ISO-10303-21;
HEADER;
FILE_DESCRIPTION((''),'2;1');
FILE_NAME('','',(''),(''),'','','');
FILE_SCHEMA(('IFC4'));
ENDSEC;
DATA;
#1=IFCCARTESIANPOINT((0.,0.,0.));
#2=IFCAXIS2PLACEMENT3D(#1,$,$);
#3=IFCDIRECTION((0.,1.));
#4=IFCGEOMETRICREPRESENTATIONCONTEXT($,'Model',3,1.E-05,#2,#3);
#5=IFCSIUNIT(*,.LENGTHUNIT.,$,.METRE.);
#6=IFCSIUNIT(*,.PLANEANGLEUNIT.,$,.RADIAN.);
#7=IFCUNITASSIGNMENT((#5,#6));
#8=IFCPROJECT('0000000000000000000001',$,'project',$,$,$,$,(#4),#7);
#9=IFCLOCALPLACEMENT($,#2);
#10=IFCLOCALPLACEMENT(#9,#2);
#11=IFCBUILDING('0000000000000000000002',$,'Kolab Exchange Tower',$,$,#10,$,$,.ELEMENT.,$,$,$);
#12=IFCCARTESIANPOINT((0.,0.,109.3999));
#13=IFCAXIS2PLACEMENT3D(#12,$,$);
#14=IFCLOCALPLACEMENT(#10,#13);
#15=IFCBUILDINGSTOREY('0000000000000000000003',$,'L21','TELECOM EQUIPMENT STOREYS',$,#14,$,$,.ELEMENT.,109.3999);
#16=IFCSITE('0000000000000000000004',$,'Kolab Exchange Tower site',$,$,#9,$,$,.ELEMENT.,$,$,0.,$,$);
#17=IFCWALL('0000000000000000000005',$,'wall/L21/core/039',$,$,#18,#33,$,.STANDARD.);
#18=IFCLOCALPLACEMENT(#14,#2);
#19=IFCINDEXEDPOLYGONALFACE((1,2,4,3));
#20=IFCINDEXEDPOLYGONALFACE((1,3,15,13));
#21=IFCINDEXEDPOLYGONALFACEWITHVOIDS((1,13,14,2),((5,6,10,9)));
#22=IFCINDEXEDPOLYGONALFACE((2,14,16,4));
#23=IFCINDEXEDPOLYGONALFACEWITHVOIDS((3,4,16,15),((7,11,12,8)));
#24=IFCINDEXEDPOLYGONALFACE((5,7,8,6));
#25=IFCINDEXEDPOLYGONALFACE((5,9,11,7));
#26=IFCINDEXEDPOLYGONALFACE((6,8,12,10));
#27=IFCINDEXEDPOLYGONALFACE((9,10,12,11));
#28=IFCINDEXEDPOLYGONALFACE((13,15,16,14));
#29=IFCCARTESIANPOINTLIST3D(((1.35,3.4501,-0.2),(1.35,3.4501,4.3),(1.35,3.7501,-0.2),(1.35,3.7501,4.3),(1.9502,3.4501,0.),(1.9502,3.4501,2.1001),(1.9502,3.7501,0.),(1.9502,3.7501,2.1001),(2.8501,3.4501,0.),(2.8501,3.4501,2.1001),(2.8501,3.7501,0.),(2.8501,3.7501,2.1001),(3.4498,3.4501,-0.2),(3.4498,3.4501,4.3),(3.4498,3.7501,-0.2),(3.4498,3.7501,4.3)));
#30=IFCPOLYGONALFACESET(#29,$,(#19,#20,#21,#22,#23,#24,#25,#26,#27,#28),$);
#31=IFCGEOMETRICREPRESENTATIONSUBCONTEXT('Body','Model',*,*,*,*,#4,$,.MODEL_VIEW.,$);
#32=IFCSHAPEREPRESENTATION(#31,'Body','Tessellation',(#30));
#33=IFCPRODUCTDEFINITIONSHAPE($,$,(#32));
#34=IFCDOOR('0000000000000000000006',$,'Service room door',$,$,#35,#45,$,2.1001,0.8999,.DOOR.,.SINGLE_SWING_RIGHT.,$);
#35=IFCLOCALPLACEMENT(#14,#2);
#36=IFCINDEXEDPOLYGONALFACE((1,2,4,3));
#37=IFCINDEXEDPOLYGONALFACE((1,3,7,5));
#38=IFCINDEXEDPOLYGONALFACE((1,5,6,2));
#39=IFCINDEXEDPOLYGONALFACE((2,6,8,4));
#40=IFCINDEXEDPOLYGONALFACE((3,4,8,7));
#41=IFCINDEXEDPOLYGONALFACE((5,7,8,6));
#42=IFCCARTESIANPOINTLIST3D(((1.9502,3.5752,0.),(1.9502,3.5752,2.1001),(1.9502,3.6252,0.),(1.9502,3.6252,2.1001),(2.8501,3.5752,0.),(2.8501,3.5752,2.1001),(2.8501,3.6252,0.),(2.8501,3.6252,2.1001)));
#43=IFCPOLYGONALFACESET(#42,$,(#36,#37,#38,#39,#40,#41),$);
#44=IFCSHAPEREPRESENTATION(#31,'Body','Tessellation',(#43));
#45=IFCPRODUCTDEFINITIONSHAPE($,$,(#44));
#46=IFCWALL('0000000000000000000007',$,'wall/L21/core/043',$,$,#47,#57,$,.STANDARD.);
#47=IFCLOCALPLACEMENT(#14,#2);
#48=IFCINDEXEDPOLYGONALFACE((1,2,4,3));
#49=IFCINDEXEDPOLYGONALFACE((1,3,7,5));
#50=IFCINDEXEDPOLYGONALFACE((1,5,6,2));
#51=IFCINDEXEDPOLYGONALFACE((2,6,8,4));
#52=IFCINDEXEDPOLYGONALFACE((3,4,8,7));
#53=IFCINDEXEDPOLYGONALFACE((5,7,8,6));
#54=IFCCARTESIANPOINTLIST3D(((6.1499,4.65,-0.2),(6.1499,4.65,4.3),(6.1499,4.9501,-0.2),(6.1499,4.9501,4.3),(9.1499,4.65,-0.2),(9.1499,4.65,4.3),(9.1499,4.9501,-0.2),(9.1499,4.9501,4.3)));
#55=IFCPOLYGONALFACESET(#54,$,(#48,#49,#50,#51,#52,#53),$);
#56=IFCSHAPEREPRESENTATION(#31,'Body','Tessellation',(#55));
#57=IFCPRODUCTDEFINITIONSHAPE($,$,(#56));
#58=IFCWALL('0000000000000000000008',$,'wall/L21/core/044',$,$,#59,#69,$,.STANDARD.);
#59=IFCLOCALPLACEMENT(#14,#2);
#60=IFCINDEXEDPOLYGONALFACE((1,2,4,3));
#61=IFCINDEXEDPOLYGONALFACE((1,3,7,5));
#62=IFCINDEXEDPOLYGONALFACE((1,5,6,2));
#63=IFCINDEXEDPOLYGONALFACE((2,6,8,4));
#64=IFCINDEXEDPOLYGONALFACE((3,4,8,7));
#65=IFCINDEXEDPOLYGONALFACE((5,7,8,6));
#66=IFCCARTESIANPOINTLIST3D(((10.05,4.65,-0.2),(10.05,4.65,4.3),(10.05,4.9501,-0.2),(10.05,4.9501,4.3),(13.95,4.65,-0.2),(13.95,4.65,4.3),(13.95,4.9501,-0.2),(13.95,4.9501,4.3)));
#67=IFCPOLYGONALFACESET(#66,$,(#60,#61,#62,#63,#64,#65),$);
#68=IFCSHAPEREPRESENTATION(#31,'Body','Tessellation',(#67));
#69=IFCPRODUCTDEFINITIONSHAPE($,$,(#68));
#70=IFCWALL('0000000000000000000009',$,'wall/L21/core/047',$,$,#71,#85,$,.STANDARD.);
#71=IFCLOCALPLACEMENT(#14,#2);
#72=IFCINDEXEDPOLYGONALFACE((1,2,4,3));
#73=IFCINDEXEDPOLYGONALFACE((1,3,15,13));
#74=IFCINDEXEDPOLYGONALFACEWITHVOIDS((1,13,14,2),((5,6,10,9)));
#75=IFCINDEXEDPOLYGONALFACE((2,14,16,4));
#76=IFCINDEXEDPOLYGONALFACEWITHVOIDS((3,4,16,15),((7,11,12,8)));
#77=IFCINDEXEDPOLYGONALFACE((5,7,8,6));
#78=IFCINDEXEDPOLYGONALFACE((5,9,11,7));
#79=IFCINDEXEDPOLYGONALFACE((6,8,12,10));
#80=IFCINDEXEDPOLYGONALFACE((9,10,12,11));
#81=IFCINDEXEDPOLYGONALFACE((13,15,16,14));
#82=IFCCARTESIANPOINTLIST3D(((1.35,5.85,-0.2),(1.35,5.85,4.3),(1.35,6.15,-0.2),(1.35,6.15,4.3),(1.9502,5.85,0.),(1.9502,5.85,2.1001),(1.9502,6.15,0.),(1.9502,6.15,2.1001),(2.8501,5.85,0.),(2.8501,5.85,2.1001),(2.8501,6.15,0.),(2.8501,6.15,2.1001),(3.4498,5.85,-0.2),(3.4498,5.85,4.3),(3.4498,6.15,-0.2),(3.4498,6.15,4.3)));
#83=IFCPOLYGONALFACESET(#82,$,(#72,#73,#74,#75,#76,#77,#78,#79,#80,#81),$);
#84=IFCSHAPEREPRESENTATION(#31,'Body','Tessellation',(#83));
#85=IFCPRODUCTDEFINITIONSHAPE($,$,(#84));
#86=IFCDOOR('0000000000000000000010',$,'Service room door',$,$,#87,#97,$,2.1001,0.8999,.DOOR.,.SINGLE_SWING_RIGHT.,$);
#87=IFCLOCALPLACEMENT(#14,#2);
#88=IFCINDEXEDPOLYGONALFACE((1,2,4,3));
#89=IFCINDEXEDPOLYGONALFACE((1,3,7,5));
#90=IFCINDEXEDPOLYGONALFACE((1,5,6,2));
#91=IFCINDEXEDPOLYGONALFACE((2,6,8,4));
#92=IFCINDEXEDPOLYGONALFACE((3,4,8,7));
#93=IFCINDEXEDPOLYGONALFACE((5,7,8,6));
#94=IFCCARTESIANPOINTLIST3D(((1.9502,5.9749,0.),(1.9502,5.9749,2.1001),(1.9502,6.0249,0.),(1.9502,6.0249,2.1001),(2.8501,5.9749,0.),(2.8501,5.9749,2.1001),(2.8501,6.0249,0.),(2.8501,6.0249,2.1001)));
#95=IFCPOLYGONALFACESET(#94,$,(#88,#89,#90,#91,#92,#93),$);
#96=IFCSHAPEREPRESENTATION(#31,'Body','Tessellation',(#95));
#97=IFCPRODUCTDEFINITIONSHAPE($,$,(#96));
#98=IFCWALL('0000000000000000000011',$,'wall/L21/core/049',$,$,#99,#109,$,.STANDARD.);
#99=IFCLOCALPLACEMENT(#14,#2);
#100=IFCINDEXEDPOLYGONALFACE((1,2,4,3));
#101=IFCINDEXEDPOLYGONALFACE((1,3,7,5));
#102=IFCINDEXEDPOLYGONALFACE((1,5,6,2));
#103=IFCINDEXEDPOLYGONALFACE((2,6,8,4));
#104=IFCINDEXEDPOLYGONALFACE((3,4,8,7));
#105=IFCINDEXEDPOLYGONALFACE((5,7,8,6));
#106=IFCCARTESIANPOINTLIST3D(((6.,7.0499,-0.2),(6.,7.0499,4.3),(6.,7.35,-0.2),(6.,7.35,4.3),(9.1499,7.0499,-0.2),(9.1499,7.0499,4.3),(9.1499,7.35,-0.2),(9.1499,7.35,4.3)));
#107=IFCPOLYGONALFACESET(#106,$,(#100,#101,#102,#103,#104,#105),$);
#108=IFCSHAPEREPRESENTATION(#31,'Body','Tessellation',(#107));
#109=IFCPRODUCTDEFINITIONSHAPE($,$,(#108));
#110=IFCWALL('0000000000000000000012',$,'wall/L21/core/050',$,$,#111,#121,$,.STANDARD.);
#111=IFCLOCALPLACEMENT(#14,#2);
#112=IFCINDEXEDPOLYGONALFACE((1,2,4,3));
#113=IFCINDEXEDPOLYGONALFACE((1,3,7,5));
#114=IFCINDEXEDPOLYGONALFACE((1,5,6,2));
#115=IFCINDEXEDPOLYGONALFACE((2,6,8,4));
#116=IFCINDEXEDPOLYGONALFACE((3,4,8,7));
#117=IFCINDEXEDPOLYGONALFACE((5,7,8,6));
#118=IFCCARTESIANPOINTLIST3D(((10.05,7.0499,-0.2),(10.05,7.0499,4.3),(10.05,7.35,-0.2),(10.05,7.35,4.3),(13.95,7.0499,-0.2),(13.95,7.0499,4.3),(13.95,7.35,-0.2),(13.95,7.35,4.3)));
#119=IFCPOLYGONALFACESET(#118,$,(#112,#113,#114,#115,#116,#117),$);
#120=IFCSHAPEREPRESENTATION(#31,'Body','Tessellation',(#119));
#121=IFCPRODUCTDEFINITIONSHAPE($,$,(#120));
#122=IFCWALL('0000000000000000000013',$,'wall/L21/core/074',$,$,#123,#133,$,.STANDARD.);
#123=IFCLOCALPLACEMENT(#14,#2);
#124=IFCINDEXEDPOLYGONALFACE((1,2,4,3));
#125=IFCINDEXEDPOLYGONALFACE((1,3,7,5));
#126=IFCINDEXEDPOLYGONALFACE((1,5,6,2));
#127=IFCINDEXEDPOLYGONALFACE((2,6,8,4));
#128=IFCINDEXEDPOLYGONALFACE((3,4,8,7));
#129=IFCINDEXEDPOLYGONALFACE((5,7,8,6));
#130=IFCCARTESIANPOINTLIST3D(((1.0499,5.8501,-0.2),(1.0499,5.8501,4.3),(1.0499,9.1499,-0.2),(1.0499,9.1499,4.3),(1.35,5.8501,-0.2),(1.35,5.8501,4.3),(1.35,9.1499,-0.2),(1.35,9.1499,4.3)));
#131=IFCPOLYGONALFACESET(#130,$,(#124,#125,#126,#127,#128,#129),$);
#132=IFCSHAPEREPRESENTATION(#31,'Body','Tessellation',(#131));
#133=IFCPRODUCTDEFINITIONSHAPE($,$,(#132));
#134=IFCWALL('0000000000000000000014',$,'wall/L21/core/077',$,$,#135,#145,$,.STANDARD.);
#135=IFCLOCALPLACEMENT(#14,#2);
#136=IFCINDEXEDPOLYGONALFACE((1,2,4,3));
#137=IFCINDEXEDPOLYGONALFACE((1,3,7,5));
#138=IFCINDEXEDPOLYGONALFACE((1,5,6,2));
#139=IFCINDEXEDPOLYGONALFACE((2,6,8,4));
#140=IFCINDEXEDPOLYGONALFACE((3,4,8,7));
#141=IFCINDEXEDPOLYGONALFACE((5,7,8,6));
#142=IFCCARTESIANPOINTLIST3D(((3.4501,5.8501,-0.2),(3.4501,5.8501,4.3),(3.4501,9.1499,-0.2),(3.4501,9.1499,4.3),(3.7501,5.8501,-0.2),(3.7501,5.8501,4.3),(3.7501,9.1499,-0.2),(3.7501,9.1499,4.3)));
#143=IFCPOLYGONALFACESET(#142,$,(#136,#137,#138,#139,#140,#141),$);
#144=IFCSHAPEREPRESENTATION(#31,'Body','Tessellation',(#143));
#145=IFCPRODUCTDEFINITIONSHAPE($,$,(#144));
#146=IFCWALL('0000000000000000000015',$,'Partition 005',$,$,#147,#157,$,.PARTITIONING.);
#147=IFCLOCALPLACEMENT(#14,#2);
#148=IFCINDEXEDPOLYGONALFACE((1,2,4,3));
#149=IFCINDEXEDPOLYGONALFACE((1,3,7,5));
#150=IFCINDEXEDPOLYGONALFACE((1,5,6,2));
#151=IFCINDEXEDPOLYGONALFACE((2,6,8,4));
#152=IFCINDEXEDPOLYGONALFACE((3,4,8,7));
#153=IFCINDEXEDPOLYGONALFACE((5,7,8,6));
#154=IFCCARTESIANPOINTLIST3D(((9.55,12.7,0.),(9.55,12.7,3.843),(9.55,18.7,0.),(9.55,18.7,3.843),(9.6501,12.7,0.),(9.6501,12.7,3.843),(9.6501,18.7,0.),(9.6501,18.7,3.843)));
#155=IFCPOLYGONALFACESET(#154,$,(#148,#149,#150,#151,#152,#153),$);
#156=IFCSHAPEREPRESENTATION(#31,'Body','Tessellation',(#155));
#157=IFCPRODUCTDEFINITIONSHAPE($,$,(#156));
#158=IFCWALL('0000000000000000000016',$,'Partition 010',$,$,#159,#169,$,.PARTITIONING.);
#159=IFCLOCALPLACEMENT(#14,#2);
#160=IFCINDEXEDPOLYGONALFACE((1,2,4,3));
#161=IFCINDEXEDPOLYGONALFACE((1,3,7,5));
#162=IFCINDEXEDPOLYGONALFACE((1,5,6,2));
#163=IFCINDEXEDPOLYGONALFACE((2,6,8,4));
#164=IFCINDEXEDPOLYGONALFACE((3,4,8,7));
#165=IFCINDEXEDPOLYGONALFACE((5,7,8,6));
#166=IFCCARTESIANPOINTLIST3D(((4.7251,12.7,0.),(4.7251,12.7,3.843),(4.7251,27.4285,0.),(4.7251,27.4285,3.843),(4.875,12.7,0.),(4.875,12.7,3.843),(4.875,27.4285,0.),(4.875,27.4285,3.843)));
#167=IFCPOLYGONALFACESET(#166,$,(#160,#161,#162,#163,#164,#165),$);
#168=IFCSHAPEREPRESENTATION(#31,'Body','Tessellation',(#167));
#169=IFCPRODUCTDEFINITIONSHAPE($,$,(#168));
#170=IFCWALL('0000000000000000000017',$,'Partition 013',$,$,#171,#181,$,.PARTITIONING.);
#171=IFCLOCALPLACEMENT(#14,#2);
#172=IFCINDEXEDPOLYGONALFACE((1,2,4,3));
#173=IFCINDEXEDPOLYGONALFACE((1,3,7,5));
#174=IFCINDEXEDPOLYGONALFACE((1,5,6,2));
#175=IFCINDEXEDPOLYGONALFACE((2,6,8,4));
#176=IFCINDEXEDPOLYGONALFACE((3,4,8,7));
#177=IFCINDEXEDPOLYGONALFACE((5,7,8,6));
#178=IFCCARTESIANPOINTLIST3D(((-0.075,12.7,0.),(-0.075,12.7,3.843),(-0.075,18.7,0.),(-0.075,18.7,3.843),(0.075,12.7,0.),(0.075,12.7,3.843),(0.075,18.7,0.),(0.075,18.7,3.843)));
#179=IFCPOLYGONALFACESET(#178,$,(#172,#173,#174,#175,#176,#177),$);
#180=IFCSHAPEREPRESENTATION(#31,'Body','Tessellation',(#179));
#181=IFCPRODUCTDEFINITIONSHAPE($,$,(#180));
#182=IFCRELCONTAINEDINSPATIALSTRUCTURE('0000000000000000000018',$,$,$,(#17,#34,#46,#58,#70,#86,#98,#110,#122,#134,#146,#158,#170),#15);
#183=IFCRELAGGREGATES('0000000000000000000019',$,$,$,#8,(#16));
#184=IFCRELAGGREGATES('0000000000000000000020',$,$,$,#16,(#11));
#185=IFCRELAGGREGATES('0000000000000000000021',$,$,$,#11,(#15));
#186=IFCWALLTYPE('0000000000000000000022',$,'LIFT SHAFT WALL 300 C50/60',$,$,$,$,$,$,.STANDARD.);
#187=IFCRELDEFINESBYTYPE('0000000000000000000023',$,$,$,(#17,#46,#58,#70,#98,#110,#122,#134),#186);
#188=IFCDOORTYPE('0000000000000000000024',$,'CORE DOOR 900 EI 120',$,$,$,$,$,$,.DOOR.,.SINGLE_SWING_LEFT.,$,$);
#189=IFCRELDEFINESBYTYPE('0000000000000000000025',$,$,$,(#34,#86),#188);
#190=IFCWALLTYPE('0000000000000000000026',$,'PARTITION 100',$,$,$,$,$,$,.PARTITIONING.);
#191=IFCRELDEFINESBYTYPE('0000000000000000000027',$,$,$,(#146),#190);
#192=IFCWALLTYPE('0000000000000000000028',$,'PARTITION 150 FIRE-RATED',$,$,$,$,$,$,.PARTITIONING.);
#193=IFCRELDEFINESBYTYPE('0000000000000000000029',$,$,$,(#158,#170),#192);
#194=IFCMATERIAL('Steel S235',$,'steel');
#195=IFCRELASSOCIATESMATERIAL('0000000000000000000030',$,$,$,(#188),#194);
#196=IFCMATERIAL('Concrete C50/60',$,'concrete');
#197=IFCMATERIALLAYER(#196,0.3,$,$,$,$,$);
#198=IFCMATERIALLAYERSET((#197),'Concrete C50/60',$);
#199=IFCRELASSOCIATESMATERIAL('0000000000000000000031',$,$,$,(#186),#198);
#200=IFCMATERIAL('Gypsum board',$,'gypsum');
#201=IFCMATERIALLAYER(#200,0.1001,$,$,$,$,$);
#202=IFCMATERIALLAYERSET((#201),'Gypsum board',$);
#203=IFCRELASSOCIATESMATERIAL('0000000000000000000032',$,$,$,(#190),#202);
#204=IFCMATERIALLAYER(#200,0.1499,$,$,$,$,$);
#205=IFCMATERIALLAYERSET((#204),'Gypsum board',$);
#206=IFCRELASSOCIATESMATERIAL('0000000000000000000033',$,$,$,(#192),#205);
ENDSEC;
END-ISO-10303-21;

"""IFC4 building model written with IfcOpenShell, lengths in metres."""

from ifc_helpers import new_model, si_unit, direction, frame, frame_2d, origin, place, context, subcontext, project, spatial, rectangle, extrude, material, layer, layer_set, type_object, element, fill, save


model = new_model("IFC4")

# Units and contexts
model_context = context("Model", 3, precision=1e-05, world=origin(), true_north=direction((0.0, 1.0)))
body_context = subcontext(model_context, "Body", "Model", "MODEL_VIEW")
ifc_project = project(units=[si_unit("LENGTHUNIT", "METRE"), si_unit("PLANEANGLEUNIT", "RADIAN")], contexts=[model_context])

# Site, building, storey
site_placement = place(None, origin())
site = spatial("IfcSite", under=ifc_project, at=site_placement, Name="Kolab Exchange Tower site", CompositionType="ELEMENT", RefElevation=0.0)
building_placement = place(site_placement, origin())
building = spatial("IfcBuilding", under=site, at=building_placement, Name="Kolab Exchange Tower", CompositionType="ELEMENT")
storey_placement = place(building_placement, frame((0.0, 0.0, 109.3999)))
storey = spatial("IfcBuildingStorey", under=building, at=storey_placement, Name="L21", Description="TELECOM EQUIPMENT STOREYS", CompositionType="ELEMENT", Elevation=109.3999)

# Shared definitions
ifc_material_1 = material(Name="Steel S235", Category="steel")
door_type_1 = type_object("IfcDoorType", Name="CORE DOOR 900 EI 120", OperationType="SINGLE_SWING_LEFT", PredefinedType="DOOR", material=ifc_material_1)

# Shared definitions
ifc_material_2 = material(Name="Concrete C50/60", Category="concrete")
ifc_layer_1 = layer(ifc_material_2, 0.3)
ifc_layer_set_1 = layer_set([ifc_layer_1], Name="Concrete C50/60")
wall_type_1 = type_object("IfcWallType", Name="LIFT SHAFT WALL 300 C50/60", PredefinedType="STANDARD", material=ifc_layer_set_1)

# Wall, opening, door
wall_1_placement = place(storey_placement, frame((1.3501, 3.6001, -0.2), z_axis=(0.0, 0.0, 1.0), x_axis=(1.0, 0.0, 0.0)))
wall_1 = element("IfcWall", 1, at=wall_1_placement, inside=storey, type_object=wall_type_1, Name="wall/L21/core/039", PredefinedType="STANDARD", context=body_context, shape_type="SweptSolid", body=[
    extrude(rectangle(XDim=2.0999, YDim=0.3, at=frame_2d((1.0498, 0.0))), origin(), (0.0, 0.0, 1.0), 4.5),
])
opening_1_placement = place(wall_1_placement, frame((0.6001, 0.0, 0.2)))
opening_1 = element("IfcOpeningElement", 2, at=opening_1_placement, cuts=wall_1, PredefinedType="OPENING", context=body_context, shape_type="SweptSolid", body=[
    extrude(rectangle(XDim=0.8999, YDim=2.1001, at=frame_2d((0.45, 1.05))), frame((0.0, 0.1602, 0.0), z_axis=(0.0, -1.0, 0.0), x_axis=(1.0, 0.0, 0.0)), (0.0, 0.0, 1.0), 0.3201),
])
door_1_placement = place(opening_1_placement, frame((0.8999, 0.0, 0.0), z_axis=(0.0, 0.0, 1.0), x_axis=(-1.0, 0.0, 0.0)))
door_1 = element("IfcDoor", 3, at=door_1_placement, inside=storey, type_object=door_type_1, Name="Service room door", OperationType="SINGLE_SWING_RIGHT", OverallHeight=2.1001, OverallWidth=0.8999, PredefinedType="DOOR", context=body_context, shape_type="SweptSolid", body=[
    extrude(rectangle(XDim=0.8999, YDim=2.1001, at=frame_2d((0.45, 1.05))), frame((0.0, 0.0249, 0.0), z_axis=(0.0, -1.0, 0.0), x_axis=(1.0, 0.0, 0.0)), (0.0, 0.0, 1.0), 0.05),
])
fill(opening_1, door_1)

# Walls
wall_2_placement = place(storey_placement, frame((6.1499, 4.8, -0.2), z_axis=(0.0, 0.0, 1.0), x_axis=(1.0, 0.0, 0.0)))
element("IfcWall", 4, at=wall_2_placement, inside=storey, type_object=wall_type_1, Name="wall/L21/core/043", PredefinedType="STANDARD", context=body_context, shape_type="SweptSolid", body=[
    extrude(rectangle(XDim=3.0, YDim=0.3, at=frame_2d((1.5, 0.0))), origin(), (0.0, 0.0, 1.0), 4.5),
])
wall_3_placement = place(storey_placement, frame((10.05, 4.8, -0.2), z_axis=(0.0, 0.0, 1.0), x_axis=(1.0, 0.0, 0.0)))
element("IfcWall", 5, at=wall_3_placement, inside=storey, type_object=wall_type_1, Name="wall/L21/core/044", PredefinedType="STANDARD", context=body_context, shape_type="SweptSolid", body=[
    extrude(rectangle(XDim=3.8999, YDim=0.3, at=frame_2d((1.95, 0.0))), origin(), (0.0, 0.0, 1.0), 4.5),
])

# Wall, opening, door
wall_4_placement = place(storey_placement, frame((1.3501, 6.0, -0.2), z_axis=(0.0, 0.0, 1.0), x_axis=(1.0, 0.0, 0.0)))
wall_4 = element("IfcWall", 6, at=wall_4_placement, inside=storey, type_object=wall_type_1, Name="wall/L21/core/047", PredefinedType="STANDARD", context=body_context, shape_type="SweptSolid", body=[
    extrude(rectangle(XDim=2.0999, YDim=0.3, at=frame_2d((1.0498, 0.0))), origin(), (0.0, 0.0, 1.0), 4.5),
])
opening_2_placement = place(wall_4_placement, frame((0.6001, 0.0, 0.2)))
opening_2 = element("IfcOpeningElement", 7, at=opening_2_placement, cuts=wall_4, PredefinedType="OPENING", context=body_context, shape_type="SweptSolid", body=[
    extrude(rectangle(XDim=0.8999, YDim=2.1001, at=frame_2d((0.45, 1.05))), frame((0.0, 0.1602, 0.0), z_axis=(0.0, -1.0, 0.0), x_axis=(1.0, 0.0, 0.0)), (0.0, 0.0, 1.0), 0.3201),
])
door_2_placement = place(opening_2_placement, origin())
door_2 = element("IfcDoor", 8, at=door_2_placement, inside=storey, type_object=door_type_1, Name="Service room door", OperationType="SINGLE_SWING_RIGHT", OverallHeight=2.1001, OverallWidth=0.8999, PredefinedType="DOOR", context=body_context, shape_type="SweptSolid", body=[
    extrude(rectangle(XDim=0.8999, YDim=2.1001, at=frame_2d((0.45, 1.05))), frame((0.0, 0.0249, 0.0), z_axis=(0.0, -1.0, 0.0), x_axis=(1.0, 0.0, 0.0)), (0.0, 0.0, 1.0), 0.05),
])
fill(opening_2, door_2)

# Walls
wall_5_placement = place(storey_placement, frame((6.0, 7.2, -0.2), z_axis=(0.0, 0.0, 1.0), x_axis=(1.0, 0.0, 0.0)))
element("IfcWall", 9, at=wall_5_placement, inside=storey, type_object=wall_type_1, Name="wall/L21/core/049", PredefinedType="STANDARD", context=body_context, shape_type="SweptSolid", body=[
    extrude(rectangle(XDim=3.1499, YDim=0.3, at=frame_2d((1.575, 0.0))), origin(), (0.0, 0.0, 1.0), 4.5),
])
wall_6_placement = place(storey_placement, frame((10.05, 7.2, -0.2), z_axis=(0.0, 0.0, 1.0), x_axis=(1.0, 0.0, 0.0)))
element("IfcWall", 10, at=wall_6_placement, inside=storey, type_object=wall_type_1, Name="wall/L21/core/050", PredefinedType="STANDARD", context=body_context, shape_type="SweptSolid", body=[
    extrude(rectangle(XDim=3.8999, YDim=0.3, at=frame_2d((1.95, 0.0))), origin(), (0.0, 0.0, 1.0), 4.5),
])
for number, where, z_axis, x_axis, name in (
    (11, (1.2, 5.8501, -0.2), (0.0, 0.0, 1.0), (0.0, 1.0, 0.0), "wall/L21/core/074"),
    (12, (3.6001, 5.8501, -0.2), (0.0, 0.0, 1.0), (0.0, 1.0, 0.0), "wall/L21/core/077"),
):
    element("IfcWall", number, at=place(storey_placement, frame(where, z_axis=z_axis, x_axis=x_axis)), inside=storey, type_object=wall_type_1, Name=name, PredefinedType="STANDARD", context=body_context, shape_type="SweptSolid", body=[
        extrude(rectangle(XDim=3.2998, YDim=0.3, at=frame_2d((1.6499, 0.0))), origin(), (0.0, 0.0, 1.0), 4.5),
    ])
ifc_material_3 = material(Name="Gypsum board", Category="gypsum")
ifc_layer_2 = layer(ifc_material_3, 0.1001)
ifc_layer_set_2 = layer_set([ifc_layer_2], Name="Gypsum board")
wall_type_2 = type_object("IfcWallType", Name="PARTITION 100", PredefinedType="PARTITIONING", material=ifc_layer_set_2)
wall_7_placement = place(storey_placement, frame((9.6001, 12.7, 0.0), z_axis=(0.0, 0.0, 1.0), x_axis=(0.0, 1.0, 0.0)))
element("IfcWall", 13, at=wall_7_placement, inside=storey, type_object=wall_type_2, Name="Partition 005", PredefinedType="PARTITIONING", context=body_context, shape_type="SweptSolid", body=[
    extrude(rectangle(XDim=6.0, YDim=0.1001, at=frame_2d((3.0, 0.0))), origin(), (0.0, 0.0, 1.0), 3.843),
])
ifc_layer_3 = layer(ifc_material_3, 0.1499)
ifc_layer_set_3 = layer_set([ifc_layer_3], Name="Gypsum board")
wall_type_3 = type_object("IfcWallType", Name="PARTITION 150 FIRE-RATED", PredefinedType="PARTITIONING", material=ifc_layer_set_3)
wall_8_placement = place(storey_placement, frame((4.8, 12.7, 0.0), z_axis=(0.0, 0.0, 1.0), x_axis=(0.0, 1.0, 0.0)))
element("IfcWall", 14, at=wall_8_placement, inside=storey, type_object=wall_type_3, Name="Partition 010", PredefinedType="PARTITIONING", context=body_context, shape_type="SweptSolid", body=[
    extrude(rectangle(XDim=14.7285, YDim=0.1499, at=frame_2d((7.3643, 0.0))), origin(), (0.0, 0.0, 1.0), 3.843),
])
wall_9_placement = place(storey_placement, frame((0.0, 12.7, 0.0), z_axis=(0.0, 0.0, 1.0), x_axis=(0.0, 1.0, 0.0)))
element("IfcWall", 15, at=wall_9_placement, inside=storey, type_object=wall_type_3, Name="Partition 013", PredefinedType="PARTITIONING", context=body_context, shape_type="SweptSolid", body=[
    extrude(rectangle(XDim=6.0, YDim=0.1499, at=frame_2d((3.0, 0.0))), origin(), (0.0, 0.0, 1.0), 3.843),
])

save(model, "model.ifc")
